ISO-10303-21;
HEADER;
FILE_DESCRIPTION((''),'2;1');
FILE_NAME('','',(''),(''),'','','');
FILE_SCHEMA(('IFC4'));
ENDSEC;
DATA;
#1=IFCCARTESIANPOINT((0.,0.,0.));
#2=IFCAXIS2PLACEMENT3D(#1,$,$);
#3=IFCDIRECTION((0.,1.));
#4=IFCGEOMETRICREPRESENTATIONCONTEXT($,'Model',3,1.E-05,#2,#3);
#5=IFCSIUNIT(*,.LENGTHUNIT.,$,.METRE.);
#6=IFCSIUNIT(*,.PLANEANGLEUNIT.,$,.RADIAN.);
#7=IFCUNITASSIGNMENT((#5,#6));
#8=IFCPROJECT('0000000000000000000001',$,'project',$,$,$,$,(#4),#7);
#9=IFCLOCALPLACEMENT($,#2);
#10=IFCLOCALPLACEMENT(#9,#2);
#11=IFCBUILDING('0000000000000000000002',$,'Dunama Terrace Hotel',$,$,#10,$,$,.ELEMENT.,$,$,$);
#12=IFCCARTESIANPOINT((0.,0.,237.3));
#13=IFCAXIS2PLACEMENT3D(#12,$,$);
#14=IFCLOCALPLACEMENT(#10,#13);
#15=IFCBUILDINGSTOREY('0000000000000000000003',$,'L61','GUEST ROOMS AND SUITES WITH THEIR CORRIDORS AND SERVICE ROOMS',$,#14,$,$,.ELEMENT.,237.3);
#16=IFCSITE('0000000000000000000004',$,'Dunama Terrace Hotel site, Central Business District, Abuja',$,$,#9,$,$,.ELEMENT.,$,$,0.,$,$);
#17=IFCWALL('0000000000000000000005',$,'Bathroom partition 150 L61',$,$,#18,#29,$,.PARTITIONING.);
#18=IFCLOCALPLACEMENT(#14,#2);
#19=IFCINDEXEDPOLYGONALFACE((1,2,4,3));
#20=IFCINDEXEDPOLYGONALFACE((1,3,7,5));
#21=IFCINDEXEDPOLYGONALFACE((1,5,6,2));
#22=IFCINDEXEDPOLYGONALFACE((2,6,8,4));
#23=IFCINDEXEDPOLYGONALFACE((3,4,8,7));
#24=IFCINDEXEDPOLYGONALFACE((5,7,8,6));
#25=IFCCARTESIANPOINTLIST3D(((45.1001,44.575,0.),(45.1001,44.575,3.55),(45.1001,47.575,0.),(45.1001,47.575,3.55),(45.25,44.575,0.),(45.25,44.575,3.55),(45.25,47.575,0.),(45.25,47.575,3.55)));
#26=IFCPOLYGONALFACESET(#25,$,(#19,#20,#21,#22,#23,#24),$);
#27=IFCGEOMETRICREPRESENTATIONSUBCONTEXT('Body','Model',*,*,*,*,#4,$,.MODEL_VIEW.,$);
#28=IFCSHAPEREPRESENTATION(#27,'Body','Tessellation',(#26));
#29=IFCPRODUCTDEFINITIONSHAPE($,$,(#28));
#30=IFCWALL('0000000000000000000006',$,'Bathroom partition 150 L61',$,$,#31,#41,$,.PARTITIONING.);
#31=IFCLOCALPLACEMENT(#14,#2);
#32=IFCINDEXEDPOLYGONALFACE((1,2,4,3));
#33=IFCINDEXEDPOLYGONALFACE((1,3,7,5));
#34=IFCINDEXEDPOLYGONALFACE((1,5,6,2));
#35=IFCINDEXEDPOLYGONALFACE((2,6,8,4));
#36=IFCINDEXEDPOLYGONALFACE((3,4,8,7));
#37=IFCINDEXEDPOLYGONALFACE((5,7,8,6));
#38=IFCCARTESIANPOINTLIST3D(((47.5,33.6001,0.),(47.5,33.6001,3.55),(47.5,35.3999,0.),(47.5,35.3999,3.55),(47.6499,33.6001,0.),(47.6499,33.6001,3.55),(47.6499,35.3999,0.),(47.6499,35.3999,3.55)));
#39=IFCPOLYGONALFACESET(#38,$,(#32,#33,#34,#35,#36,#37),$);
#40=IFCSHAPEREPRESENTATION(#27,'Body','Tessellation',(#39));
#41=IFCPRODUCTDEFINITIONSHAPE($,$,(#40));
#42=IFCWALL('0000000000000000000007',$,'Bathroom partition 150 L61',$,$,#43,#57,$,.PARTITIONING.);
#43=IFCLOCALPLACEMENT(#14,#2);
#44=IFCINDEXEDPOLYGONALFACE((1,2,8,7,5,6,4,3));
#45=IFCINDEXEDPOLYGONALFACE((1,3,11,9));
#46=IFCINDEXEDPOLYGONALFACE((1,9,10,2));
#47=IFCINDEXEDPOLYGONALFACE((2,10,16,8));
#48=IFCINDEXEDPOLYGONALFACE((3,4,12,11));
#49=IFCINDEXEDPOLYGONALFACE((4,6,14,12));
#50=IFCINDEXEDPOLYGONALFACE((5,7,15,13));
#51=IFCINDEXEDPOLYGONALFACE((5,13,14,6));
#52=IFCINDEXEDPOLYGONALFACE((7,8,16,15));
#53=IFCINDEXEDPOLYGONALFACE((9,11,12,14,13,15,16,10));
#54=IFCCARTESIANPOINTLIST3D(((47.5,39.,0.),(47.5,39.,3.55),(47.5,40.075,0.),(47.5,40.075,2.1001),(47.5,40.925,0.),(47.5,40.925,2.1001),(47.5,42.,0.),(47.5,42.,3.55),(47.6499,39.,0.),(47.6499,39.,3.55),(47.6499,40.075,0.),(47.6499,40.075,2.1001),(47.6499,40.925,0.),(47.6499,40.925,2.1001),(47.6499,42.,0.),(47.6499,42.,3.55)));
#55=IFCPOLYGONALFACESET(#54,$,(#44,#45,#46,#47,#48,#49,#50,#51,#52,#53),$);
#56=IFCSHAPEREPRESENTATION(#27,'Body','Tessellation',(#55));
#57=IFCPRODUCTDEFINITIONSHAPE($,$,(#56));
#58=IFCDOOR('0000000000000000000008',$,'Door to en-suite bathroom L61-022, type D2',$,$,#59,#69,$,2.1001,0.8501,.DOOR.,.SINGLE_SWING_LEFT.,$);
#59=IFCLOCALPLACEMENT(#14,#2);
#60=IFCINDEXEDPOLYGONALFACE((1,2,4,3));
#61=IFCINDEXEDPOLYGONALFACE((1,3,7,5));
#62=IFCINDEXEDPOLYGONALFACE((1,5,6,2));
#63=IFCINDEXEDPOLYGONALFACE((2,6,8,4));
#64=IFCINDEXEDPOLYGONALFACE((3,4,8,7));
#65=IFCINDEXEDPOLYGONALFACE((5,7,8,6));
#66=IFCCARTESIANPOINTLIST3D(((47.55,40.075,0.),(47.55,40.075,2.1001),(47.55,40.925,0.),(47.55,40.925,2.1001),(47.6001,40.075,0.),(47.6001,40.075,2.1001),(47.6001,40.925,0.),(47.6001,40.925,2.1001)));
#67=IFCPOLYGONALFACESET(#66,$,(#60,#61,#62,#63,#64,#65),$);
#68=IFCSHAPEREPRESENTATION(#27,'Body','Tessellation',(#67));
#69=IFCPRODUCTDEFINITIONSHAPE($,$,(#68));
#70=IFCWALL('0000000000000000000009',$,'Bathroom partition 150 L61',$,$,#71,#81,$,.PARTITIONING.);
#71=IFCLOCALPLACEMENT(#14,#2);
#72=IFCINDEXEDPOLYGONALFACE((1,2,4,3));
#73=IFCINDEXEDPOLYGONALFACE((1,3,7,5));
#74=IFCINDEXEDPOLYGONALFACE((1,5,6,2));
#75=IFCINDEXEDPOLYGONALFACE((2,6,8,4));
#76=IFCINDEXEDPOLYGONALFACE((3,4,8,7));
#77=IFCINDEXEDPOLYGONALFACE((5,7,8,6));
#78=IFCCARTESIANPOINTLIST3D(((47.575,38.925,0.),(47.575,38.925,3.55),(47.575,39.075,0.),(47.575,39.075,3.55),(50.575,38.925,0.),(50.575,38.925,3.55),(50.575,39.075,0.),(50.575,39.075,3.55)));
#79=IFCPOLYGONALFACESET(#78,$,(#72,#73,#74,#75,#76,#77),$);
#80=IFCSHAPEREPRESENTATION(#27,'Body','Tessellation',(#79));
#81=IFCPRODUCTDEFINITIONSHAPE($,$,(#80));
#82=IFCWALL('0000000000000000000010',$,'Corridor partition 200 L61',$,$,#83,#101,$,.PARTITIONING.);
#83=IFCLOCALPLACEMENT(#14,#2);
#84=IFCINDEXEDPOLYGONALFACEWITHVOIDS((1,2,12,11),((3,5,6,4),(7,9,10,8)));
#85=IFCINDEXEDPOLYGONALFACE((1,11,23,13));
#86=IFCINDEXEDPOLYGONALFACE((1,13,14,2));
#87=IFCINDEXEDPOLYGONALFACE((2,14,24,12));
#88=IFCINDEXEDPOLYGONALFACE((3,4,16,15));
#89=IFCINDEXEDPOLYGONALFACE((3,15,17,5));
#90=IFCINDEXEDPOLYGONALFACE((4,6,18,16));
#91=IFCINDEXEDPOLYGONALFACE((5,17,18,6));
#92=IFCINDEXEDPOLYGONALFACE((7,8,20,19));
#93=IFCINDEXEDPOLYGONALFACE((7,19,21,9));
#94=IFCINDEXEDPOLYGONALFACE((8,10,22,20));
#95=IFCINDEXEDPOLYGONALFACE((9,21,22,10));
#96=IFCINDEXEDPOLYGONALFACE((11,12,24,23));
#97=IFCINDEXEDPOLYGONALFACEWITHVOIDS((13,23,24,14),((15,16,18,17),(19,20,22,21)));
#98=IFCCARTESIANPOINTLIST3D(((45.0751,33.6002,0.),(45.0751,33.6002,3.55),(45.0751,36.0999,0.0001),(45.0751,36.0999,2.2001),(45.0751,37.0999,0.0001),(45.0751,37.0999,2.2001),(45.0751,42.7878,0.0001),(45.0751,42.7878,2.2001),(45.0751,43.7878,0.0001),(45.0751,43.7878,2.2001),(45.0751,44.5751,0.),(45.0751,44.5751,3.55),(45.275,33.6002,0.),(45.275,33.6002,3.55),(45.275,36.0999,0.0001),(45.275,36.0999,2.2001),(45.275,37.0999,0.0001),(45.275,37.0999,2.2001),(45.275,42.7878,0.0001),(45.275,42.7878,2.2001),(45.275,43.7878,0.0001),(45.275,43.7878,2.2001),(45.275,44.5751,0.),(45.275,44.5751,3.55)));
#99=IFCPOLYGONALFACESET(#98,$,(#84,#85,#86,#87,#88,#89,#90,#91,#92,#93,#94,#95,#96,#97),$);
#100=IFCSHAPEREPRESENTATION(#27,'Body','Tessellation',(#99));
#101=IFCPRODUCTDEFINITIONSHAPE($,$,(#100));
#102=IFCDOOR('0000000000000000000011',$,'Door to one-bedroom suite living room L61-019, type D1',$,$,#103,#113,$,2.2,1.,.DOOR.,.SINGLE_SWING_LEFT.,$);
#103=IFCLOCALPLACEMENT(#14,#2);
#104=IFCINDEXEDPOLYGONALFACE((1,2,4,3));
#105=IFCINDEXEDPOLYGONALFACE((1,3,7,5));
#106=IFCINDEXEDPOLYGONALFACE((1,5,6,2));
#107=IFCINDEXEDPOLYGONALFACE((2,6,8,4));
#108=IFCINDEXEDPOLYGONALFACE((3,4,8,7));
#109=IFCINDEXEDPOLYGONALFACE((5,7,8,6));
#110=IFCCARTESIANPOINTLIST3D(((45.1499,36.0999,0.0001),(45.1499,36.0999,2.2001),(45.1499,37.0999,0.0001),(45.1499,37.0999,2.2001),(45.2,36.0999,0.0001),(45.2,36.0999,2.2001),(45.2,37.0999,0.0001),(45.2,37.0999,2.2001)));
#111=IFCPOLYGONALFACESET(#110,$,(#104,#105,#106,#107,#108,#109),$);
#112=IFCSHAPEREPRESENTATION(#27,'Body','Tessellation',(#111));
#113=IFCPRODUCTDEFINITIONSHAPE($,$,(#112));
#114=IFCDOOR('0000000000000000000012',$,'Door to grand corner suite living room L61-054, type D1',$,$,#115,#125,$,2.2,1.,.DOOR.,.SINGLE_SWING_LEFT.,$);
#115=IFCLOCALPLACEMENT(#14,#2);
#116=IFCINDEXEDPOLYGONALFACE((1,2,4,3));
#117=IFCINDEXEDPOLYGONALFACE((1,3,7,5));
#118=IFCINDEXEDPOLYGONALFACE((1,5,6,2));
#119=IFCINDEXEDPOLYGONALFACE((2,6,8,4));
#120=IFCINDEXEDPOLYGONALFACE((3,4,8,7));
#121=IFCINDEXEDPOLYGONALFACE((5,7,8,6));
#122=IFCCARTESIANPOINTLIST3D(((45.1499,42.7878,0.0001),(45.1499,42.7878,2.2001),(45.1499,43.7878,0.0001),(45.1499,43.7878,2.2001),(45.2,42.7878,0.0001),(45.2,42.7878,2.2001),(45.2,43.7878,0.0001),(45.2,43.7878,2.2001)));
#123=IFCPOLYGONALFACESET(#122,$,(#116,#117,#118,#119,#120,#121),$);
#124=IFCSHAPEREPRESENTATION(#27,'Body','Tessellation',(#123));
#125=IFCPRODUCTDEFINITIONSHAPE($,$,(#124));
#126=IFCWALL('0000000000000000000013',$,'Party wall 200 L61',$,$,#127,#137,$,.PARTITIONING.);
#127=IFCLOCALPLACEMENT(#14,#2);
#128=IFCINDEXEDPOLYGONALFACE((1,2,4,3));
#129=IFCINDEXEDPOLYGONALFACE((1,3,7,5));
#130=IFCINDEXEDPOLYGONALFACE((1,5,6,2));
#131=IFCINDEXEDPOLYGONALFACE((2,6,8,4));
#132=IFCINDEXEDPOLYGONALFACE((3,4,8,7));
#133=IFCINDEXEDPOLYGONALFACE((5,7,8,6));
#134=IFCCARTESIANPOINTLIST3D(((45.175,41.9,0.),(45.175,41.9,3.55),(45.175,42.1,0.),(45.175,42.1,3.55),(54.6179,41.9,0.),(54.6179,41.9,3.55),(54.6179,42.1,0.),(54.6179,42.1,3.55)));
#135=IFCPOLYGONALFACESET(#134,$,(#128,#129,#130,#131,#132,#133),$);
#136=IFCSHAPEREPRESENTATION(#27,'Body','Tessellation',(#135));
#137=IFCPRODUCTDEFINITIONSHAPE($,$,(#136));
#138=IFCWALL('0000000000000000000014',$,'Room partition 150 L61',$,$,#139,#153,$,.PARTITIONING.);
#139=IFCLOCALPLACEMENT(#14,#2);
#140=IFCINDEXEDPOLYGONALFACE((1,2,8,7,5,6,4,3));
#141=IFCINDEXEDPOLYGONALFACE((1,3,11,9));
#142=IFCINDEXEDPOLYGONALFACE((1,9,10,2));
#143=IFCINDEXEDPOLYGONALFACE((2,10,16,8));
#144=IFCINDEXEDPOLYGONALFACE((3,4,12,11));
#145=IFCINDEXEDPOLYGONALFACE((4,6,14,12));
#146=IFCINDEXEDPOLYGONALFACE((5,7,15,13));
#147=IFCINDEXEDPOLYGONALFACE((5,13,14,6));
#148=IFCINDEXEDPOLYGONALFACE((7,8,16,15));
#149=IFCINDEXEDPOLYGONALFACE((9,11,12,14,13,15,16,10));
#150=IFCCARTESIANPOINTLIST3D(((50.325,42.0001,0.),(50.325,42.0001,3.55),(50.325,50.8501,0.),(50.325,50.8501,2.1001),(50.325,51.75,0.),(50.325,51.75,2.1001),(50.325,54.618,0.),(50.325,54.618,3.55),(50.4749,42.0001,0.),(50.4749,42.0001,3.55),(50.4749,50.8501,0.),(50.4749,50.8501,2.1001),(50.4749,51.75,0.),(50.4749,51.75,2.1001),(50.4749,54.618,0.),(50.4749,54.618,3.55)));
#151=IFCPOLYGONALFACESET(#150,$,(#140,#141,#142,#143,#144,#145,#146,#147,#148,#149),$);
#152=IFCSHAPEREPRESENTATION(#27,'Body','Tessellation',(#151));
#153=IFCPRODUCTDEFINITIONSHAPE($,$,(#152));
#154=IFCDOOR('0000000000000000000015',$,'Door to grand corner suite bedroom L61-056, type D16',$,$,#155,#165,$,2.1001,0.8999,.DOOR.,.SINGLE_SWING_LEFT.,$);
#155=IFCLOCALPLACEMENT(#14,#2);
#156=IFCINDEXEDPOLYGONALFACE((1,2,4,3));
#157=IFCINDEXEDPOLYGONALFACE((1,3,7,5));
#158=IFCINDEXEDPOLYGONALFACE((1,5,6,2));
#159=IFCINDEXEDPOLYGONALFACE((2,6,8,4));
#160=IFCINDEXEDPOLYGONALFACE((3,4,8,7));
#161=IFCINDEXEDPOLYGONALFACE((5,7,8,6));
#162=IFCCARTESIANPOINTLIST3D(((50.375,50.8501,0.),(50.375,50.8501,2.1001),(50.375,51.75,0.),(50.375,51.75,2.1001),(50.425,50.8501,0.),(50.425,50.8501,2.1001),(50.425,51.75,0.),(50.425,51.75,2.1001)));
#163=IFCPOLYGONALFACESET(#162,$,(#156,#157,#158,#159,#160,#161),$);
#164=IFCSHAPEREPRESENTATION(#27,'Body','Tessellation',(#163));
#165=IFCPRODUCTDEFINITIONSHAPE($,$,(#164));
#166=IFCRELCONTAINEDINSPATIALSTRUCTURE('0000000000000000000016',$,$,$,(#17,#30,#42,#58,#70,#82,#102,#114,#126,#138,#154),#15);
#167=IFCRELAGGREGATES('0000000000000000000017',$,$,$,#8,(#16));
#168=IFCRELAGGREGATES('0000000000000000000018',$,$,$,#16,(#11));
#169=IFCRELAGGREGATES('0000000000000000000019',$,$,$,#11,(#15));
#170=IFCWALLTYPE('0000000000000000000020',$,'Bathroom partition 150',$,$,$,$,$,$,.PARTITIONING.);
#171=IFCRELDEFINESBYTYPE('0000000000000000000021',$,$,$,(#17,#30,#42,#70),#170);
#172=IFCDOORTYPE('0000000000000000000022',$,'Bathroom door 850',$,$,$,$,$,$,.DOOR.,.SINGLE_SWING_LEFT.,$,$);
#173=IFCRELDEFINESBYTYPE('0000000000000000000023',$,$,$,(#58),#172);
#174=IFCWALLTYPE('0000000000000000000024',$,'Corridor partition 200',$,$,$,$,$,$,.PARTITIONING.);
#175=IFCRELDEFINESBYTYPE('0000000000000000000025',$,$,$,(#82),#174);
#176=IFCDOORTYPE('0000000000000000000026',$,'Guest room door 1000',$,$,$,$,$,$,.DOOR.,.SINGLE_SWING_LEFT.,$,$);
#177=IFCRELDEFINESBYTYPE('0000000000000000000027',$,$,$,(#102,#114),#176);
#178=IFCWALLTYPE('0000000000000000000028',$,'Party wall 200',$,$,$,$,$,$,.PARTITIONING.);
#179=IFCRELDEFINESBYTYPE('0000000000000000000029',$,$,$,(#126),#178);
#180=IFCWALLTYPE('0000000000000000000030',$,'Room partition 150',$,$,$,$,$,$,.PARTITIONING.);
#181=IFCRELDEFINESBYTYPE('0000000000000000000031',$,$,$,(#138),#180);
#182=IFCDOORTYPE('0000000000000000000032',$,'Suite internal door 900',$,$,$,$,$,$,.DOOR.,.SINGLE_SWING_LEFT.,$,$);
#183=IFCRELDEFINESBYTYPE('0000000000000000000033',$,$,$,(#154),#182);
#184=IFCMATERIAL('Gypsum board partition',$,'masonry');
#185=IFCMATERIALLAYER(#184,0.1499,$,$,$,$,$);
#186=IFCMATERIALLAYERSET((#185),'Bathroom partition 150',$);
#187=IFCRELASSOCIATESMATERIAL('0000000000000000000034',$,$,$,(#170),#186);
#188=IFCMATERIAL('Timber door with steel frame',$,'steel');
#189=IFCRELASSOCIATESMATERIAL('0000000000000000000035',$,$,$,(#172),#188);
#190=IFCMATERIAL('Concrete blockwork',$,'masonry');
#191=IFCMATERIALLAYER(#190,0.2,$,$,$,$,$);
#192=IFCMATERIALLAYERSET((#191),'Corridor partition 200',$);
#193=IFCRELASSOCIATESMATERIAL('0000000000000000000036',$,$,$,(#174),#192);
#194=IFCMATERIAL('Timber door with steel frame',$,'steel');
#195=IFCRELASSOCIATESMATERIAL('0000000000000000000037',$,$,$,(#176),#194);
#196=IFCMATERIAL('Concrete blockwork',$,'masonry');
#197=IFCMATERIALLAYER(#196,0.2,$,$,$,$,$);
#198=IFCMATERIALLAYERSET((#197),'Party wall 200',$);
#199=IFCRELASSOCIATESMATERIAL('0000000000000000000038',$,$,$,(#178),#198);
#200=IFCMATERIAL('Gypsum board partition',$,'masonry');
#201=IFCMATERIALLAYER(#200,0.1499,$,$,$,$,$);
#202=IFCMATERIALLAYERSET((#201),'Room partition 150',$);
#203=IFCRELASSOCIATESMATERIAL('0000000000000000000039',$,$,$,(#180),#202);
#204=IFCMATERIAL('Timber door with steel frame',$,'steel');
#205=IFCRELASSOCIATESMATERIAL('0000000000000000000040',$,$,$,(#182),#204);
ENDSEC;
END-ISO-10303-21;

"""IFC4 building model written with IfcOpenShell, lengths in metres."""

from ifc_helpers import new_model, si_unit, direction, frame, frame_2d, origin, place, context, subcontext, project, spatial, rectangle, extrude, material, layer, layer_set, type_object, element, fill, save


model = new_model("IFC4")

# Units and contexts
model_context = context("Model", 3, precision=1e-05, world=origin(), true_north=direction((0.0, 1.0)))
body_context = subcontext(model_context, "Body", "Model", "MODEL_VIEW")
ifc_project = project(units=[si_unit("LENGTHUNIT", "METRE"), si_unit("PLANEANGLEUNIT", "RADIAN")], contexts=[model_context])

# Site, building, storey
site_placement = place(None, origin())
site = spatial("IfcSite", under=ifc_project, at=site_placement, Name="Dunama Terrace Hotel site, Central Business District, Abuja", CompositionType="ELEMENT", RefElevation=0.0)
building_placement = place(site_placement, origin())
building = spatial("IfcBuilding", under=site, at=building_placement, Name="Dunama Terrace Hotel", CompositionType="ELEMENT")
storey_placement = place(building_placement, frame((0.0, 0.0, 237.3)))
storey = spatial("IfcBuildingStorey", under=building, at=storey_placement, Name="L61", Description="GUEST ROOMS AND SUITES WITH THEIR CORRIDORS AND SERVICE ROOMS", CompositionType="ELEMENT", Elevation=237.3)

# Walls
ifc_material_1 = material(Name="Gypsum board partition", Category="masonry")
ifc_layer_1 = layer(ifc_material_1, 0.1499)
ifc_layer_set_1 = layer_set([ifc_layer_1], Name="Bathroom partition 150")
wall_type_1 = type_object("IfcWallType", Name="Bathroom partition 150", PredefinedType="PARTITIONING", material=ifc_layer_set_1)
wall_1_placement = place(storey_placement, frame((45.175, 44.575, 0.0), z_axis=(0.0, 0.0, 1.0), x_axis=(0.0, 1.0, 0.0)))
element("IfcWall", 1, at=wall_1_placement, inside=storey, type_object=wall_type_1, Name="Bathroom partition 150 L61", PredefinedType="PARTITIONING", context=body_context, shape_type="SweptSolid", body=[
    extrude(rectangle(XDim=3.0, YDim=0.1499, at=frame_2d((1.5, 0.0))), origin(), (0.0, 0.0, 1.0), 3.55),
])
wall_2_placement = place(storey_placement, frame((47.575, 33.6001, 0.0), z_axis=(0.0, 0.0, 1.0), x_axis=(0.0, 1.0, 0.0)))
element("IfcWall", 2, at=wall_2_placement, inside=storey, type_object=wall_type_1, Name="Bathroom partition 150 L61", PredefinedType="PARTITIONING", context=body_context, shape_type="SweptSolid", body=[
    extrude(rectangle(XDim=1.7998, YDim=0.1499, at=frame_2d((0.8999, 0.0))), origin(), (0.0, 0.0, 1.0), 3.55),
])

# Wall, opening, door
wall_3_placement = place(storey_placement, frame((47.575, 39.0, 0.0), z_axis=(0.0, 0.0, 1.0), x_axis=(0.0, 1.0, 0.0)))
wall_3 = element("IfcWall", 3, at=wall_3_placement, inside=storey, type_object=wall_type_1, Name="Bathroom partition 150 L61", PredefinedType="PARTITIONING", context=body_context, shape_type="SweptSolid", body=[
    extrude(rectangle(XDim=3.0, YDim=0.1499, at=frame_2d((1.5, 0.0))), origin(), (0.0, 0.0, 1.0), 3.55),
])
opening_1_placement = place(wall_3_placement, frame((1.075, 0.0, 0.0)))
opening_1 = element("IfcOpeningElement", 4, at=opening_1_placement, cuts=wall_3, PredefinedType="OPENING", context=body_context, shape_type="SweptSolid", body=[
    extrude(rectangle(XDim=0.8501, YDim=2.1001, at=frame_2d((0.425, 1.05))), frame((0.0, 0.085, 0.0), z_axis=(0.0, -1.0, 0.0), x_axis=(1.0, 0.0, 0.0)), (0.0, 0.0, 1.0), 0.1699),
])
ifc_material_2 = material(Name="Timber door with steel frame", Category="steel")
door_type_1 = type_object("IfcDoorType", Name="Bathroom door 850", OperationType="SINGLE_SWING_LEFT", PredefinedType="DOOR", material=ifc_material_2)
door_1_placement = place(opening_1_placement, frame((0.8501, 0.0, 0.0), z_axis=(0.0, 0.0, 1.0), x_axis=(-1.0, 0.0, 0.0)))
door_1 = element("IfcDoor", 5, at=door_1_placement, inside=storey, type_object=door_type_1, Name="Door to en-suite bathroom L61-022, type D2", OperationType="SINGLE_SWING_LEFT", OverallHeight=2.1001, OverallWidth=0.8501, PredefinedType="DOOR", context=body_context, shape_type="SweptSolid", body=[
    extrude(rectangle(XDim=0.8501, YDim=2.1001, at=frame_2d((0.425, 1.05))), frame((0.0, 0.0251, 0.0), z_axis=(0.0, -1.0, 0.0), x_axis=(1.0, 0.0, 0.0)), (0.0, 0.0, 1.0), 0.05),
])
fill(opening_1, door_1)

# Wall
wall_4_placement = place(storey_placement, frame((47.575, 39.0, 0.0), z_axis=(0.0, 0.0, 1.0), x_axis=(1.0, 0.0, 0.0)))
element("IfcWall", 6, at=wall_4_placement, inside=storey, type_object=wall_type_1, Name="Bathroom partition 150 L61", PredefinedType="PARTITIONING", context=body_context, shape_type="SweptSolid", body=[
    extrude(rectangle(XDim=3.0, YDim=0.1499, at=frame_2d((1.5, 0.0))), origin(), (0.0, 0.0, 1.0), 3.55),
])

# Wall, openings, doors
ifc_material_3 = material(Name="Concrete blockwork", Category="masonry")
ifc_layer_2 = layer(ifc_material_3, 0.2)
ifc_layer_set_2 = layer_set([ifc_layer_2], Name="Corridor partition 200")
wall_type_2 = type_object("IfcWallType", Name="Corridor partition 200", PredefinedType="PARTITIONING", material=ifc_layer_set_2)
wall_5_placement = place(storey_placement, frame((45.175, 44.575, 0.0), z_axis=(0.0, 0.0, 1.0), x_axis=(0.0, -1.0, 0.0)))
wall_5 = element("IfcWall", 7, at=wall_5_placement, inside=storey, type_object=wall_type_2, Name="Corridor partition 200 L61", PredefinedType="PARTITIONING", context=body_context, shape_type="SweptSolid", body=[
    extrude(rectangle(XDim=10.9749, YDim=0.2, at=frame_2d((5.4873, 0.0))), origin(), (0.0, 0.0, 1.0), 3.55),
])
opening_2_placement = place(wall_5_placement, frame((7.4751, 0.0, 0.0)))
opening_2 = element("IfcOpeningElement", 8, at=opening_2_placement, cuts=wall_5, PredefinedType="OPENING", context=body_context, shape_type="SweptSolid", body=[
    extrude(rectangle(XDim=1.0, YDim=2.2, at=frame_2d((0.5, 1.1001))), frame((0.0, 0.1099, 0.0), z_axis=(0.0, -1.0, 0.0), x_axis=(1.0, 0.0, 0.0)), (0.0, 0.0, 1.0), 0.22),
])
opening_3_placement = place(wall_5_placement, frame((0.7871, 0.0, 0.0)))
opening_3 = element("IfcOpeningElement", 9, at=opening_3_placement, cuts=wall_5, PredefinedType="OPENING", context=body_context, shape_type="SweptSolid", body=[
    extrude(rectangle(XDim=1.0, YDim=2.2, at=frame_2d((0.5, 1.1001))), frame((0.0, 0.1099, 0.0), z_axis=(0.0, -1.0, 0.0), x_axis=(1.0, 0.0, 0.0)), (0.0, 0.0, 1.0), 0.22),
])
ifc_material_4 = material(Name="Timber door with steel frame", Category="steel")
door_type_2 = type_object("IfcDoorType", Name="Guest room door 1000", OperationType="SINGLE_SWING_LEFT", PredefinedType="DOOR", material=ifc_material_4)
door_2_placement = place(opening_2_placement, origin())
door_2 = element("IfcDoor", 10, at=door_2_placement, inside=storey, type_object=door_type_2, Name="Door to one-bedroom suite living room L61-019, type D1", OperationType="SINGLE_SWING_LEFT", OverallHeight=2.2, OverallWidth=1.0, PredefinedType="DOOR", context=body_context, shape_type="SweptSolid", body=[
    extrude(rectangle(XDim=1.0, YDim=2.2, at=frame_2d((0.5, 1.1001))), frame((0.0, 0.0249, 0.0), z_axis=(0.0, -1.0, 0.0), x_axis=(1.0, 0.0, 0.0)), (0.0, 0.0, 1.0), 0.05),
])
fill(opening_2, door_2)
door_3_placement = place(opening_3_placement, origin())
door_3 = element("IfcDoor", 11, at=door_3_placement, inside=storey, type_object=door_type_2, Name="Door to grand corner suite living room L61-054, type D1", OperationType="SINGLE_SWING_LEFT", OverallHeight=2.2, OverallWidth=1.0, PredefinedType="DOOR", context=body_context, shape_type="SweptSolid", body=[
    extrude(rectangle(XDim=1.0, YDim=2.2, at=frame_2d((0.5, 1.1001))), frame((0.0, 0.0249, 0.0), z_axis=(0.0, -1.0, 0.0), x_axis=(1.0, 0.0, 0.0)), (0.0, 0.0, 1.0), 0.05),
])
fill(opening_3, door_3)

# Wall
ifc_material_5 = material(Name="Concrete blockwork", Category="masonry")
ifc_layer_3 = layer(ifc_material_5, 0.2)
ifc_layer_set_3 = layer_set([ifc_layer_3], Name="Party wall 200")
wall_type_3 = type_object("IfcWallType", Name="Party wall 200", PredefinedType="PARTITIONING", material=ifc_layer_set_3)
wall_6_placement = place(storey_placement, frame((45.175, 42.0, 0.0), z_axis=(0.0, 0.0, 1.0), x_axis=(1.0, 0.0, 0.0)))
element("IfcWall", 12, at=wall_6_placement, inside=storey, type_object=wall_type_3, Name="Party wall 200 L61", PredefinedType="PARTITIONING", context=body_context, shape_type="SweptSolid", body=[
    extrude(rectangle(XDim=9.4429, YDim=0.2, at=frame_2d((4.7214, 0.0))), origin(), (0.0, 0.0, 1.0), 3.55),
])

# Wall, opening, door
ifc_material_6 = material(Name="Gypsum board partition", Category="masonry")
ifc_layer_4 = layer(ifc_material_6, 0.1499)
ifc_layer_set_4 = layer_set([ifc_layer_4], Name="Room partition 150")
wall_type_4 = type_object("IfcWallType", Name="Room partition 150", PredefinedType="PARTITIONING", material=ifc_layer_set_4)
wall_7_placement = place(storey_placement, frame((50.3999, 42.0, 0.0), z_axis=(0.0, 0.0, 1.0), x_axis=(0.0, 1.0, 0.0)))
wall_7 = element("IfcWall", 13, at=wall_7_placement, inside=storey, type_object=wall_type_4, Name="Room partition 150 L61", PredefinedType="PARTITIONING", context=body_context, shape_type="SweptSolid", body=[
    extrude(rectangle(XDim=12.6179, YDim=0.1499, at=frame_2d((6.3091, 0.0))), origin(), (0.0, 0.0, 1.0), 3.55),
])
opening_4_placement = place(wall_7_placement, frame((8.8501, 0.0, 0.0)))
opening_4 = element("IfcOpeningElement", 14, at=opening_4_placement, cuts=wall_7, PredefinedType="OPENING", context=body_context, shape_type="SweptSolid", body=[
    extrude(rectangle(XDim=0.8999, YDim=2.1001, at=frame_2d((0.45, 1.05))), frame((0.0, 0.085, 0.0), z_axis=(0.0, -1.0, 0.0), x_axis=(1.0, 0.0, 0.0)), (0.0, 0.0, 1.0), 0.1699),
])
ifc_material_7 = material(Name="Timber door with steel frame", Category="steel")
door_type_3 = type_object("IfcDoorType", Name="Suite internal door 900", OperationType="SINGLE_SWING_LEFT", PredefinedType="DOOR", material=ifc_material_7)
door_4_placement = place(opening_4_placement, frame((0.8999, 0.0, 0.0), z_axis=(0.0, 0.0, 1.0), x_axis=(-1.0, 0.0, 0.0)))
door_4 = element("IfcDoor", 15, at=door_4_placement, inside=storey, type_object=door_type_3, Name="Door to grand corner suite bedroom L61-056, type D16", OperationType="SINGLE_SWING_LEFT", OverallHeight=2.1001, OverallWidth=0.8999, PredefinedType="DOOR", context=body_context, shape_type="SweptSolid", body=[
    extrude(rectangle(XDim=0.8999, YDim=2.1001, at=frame_2d((0.45, 1.05))), frame((0.0, 0.0251, 0.0), z_axis=(0.0, -1.0, 0.0), x_axis=(1.0, 0.0, 0.0)), (0.0, 0.0, 1.0), 0.05),
])
fill(opening_4, door_4)

save(model, "model.ifc")
